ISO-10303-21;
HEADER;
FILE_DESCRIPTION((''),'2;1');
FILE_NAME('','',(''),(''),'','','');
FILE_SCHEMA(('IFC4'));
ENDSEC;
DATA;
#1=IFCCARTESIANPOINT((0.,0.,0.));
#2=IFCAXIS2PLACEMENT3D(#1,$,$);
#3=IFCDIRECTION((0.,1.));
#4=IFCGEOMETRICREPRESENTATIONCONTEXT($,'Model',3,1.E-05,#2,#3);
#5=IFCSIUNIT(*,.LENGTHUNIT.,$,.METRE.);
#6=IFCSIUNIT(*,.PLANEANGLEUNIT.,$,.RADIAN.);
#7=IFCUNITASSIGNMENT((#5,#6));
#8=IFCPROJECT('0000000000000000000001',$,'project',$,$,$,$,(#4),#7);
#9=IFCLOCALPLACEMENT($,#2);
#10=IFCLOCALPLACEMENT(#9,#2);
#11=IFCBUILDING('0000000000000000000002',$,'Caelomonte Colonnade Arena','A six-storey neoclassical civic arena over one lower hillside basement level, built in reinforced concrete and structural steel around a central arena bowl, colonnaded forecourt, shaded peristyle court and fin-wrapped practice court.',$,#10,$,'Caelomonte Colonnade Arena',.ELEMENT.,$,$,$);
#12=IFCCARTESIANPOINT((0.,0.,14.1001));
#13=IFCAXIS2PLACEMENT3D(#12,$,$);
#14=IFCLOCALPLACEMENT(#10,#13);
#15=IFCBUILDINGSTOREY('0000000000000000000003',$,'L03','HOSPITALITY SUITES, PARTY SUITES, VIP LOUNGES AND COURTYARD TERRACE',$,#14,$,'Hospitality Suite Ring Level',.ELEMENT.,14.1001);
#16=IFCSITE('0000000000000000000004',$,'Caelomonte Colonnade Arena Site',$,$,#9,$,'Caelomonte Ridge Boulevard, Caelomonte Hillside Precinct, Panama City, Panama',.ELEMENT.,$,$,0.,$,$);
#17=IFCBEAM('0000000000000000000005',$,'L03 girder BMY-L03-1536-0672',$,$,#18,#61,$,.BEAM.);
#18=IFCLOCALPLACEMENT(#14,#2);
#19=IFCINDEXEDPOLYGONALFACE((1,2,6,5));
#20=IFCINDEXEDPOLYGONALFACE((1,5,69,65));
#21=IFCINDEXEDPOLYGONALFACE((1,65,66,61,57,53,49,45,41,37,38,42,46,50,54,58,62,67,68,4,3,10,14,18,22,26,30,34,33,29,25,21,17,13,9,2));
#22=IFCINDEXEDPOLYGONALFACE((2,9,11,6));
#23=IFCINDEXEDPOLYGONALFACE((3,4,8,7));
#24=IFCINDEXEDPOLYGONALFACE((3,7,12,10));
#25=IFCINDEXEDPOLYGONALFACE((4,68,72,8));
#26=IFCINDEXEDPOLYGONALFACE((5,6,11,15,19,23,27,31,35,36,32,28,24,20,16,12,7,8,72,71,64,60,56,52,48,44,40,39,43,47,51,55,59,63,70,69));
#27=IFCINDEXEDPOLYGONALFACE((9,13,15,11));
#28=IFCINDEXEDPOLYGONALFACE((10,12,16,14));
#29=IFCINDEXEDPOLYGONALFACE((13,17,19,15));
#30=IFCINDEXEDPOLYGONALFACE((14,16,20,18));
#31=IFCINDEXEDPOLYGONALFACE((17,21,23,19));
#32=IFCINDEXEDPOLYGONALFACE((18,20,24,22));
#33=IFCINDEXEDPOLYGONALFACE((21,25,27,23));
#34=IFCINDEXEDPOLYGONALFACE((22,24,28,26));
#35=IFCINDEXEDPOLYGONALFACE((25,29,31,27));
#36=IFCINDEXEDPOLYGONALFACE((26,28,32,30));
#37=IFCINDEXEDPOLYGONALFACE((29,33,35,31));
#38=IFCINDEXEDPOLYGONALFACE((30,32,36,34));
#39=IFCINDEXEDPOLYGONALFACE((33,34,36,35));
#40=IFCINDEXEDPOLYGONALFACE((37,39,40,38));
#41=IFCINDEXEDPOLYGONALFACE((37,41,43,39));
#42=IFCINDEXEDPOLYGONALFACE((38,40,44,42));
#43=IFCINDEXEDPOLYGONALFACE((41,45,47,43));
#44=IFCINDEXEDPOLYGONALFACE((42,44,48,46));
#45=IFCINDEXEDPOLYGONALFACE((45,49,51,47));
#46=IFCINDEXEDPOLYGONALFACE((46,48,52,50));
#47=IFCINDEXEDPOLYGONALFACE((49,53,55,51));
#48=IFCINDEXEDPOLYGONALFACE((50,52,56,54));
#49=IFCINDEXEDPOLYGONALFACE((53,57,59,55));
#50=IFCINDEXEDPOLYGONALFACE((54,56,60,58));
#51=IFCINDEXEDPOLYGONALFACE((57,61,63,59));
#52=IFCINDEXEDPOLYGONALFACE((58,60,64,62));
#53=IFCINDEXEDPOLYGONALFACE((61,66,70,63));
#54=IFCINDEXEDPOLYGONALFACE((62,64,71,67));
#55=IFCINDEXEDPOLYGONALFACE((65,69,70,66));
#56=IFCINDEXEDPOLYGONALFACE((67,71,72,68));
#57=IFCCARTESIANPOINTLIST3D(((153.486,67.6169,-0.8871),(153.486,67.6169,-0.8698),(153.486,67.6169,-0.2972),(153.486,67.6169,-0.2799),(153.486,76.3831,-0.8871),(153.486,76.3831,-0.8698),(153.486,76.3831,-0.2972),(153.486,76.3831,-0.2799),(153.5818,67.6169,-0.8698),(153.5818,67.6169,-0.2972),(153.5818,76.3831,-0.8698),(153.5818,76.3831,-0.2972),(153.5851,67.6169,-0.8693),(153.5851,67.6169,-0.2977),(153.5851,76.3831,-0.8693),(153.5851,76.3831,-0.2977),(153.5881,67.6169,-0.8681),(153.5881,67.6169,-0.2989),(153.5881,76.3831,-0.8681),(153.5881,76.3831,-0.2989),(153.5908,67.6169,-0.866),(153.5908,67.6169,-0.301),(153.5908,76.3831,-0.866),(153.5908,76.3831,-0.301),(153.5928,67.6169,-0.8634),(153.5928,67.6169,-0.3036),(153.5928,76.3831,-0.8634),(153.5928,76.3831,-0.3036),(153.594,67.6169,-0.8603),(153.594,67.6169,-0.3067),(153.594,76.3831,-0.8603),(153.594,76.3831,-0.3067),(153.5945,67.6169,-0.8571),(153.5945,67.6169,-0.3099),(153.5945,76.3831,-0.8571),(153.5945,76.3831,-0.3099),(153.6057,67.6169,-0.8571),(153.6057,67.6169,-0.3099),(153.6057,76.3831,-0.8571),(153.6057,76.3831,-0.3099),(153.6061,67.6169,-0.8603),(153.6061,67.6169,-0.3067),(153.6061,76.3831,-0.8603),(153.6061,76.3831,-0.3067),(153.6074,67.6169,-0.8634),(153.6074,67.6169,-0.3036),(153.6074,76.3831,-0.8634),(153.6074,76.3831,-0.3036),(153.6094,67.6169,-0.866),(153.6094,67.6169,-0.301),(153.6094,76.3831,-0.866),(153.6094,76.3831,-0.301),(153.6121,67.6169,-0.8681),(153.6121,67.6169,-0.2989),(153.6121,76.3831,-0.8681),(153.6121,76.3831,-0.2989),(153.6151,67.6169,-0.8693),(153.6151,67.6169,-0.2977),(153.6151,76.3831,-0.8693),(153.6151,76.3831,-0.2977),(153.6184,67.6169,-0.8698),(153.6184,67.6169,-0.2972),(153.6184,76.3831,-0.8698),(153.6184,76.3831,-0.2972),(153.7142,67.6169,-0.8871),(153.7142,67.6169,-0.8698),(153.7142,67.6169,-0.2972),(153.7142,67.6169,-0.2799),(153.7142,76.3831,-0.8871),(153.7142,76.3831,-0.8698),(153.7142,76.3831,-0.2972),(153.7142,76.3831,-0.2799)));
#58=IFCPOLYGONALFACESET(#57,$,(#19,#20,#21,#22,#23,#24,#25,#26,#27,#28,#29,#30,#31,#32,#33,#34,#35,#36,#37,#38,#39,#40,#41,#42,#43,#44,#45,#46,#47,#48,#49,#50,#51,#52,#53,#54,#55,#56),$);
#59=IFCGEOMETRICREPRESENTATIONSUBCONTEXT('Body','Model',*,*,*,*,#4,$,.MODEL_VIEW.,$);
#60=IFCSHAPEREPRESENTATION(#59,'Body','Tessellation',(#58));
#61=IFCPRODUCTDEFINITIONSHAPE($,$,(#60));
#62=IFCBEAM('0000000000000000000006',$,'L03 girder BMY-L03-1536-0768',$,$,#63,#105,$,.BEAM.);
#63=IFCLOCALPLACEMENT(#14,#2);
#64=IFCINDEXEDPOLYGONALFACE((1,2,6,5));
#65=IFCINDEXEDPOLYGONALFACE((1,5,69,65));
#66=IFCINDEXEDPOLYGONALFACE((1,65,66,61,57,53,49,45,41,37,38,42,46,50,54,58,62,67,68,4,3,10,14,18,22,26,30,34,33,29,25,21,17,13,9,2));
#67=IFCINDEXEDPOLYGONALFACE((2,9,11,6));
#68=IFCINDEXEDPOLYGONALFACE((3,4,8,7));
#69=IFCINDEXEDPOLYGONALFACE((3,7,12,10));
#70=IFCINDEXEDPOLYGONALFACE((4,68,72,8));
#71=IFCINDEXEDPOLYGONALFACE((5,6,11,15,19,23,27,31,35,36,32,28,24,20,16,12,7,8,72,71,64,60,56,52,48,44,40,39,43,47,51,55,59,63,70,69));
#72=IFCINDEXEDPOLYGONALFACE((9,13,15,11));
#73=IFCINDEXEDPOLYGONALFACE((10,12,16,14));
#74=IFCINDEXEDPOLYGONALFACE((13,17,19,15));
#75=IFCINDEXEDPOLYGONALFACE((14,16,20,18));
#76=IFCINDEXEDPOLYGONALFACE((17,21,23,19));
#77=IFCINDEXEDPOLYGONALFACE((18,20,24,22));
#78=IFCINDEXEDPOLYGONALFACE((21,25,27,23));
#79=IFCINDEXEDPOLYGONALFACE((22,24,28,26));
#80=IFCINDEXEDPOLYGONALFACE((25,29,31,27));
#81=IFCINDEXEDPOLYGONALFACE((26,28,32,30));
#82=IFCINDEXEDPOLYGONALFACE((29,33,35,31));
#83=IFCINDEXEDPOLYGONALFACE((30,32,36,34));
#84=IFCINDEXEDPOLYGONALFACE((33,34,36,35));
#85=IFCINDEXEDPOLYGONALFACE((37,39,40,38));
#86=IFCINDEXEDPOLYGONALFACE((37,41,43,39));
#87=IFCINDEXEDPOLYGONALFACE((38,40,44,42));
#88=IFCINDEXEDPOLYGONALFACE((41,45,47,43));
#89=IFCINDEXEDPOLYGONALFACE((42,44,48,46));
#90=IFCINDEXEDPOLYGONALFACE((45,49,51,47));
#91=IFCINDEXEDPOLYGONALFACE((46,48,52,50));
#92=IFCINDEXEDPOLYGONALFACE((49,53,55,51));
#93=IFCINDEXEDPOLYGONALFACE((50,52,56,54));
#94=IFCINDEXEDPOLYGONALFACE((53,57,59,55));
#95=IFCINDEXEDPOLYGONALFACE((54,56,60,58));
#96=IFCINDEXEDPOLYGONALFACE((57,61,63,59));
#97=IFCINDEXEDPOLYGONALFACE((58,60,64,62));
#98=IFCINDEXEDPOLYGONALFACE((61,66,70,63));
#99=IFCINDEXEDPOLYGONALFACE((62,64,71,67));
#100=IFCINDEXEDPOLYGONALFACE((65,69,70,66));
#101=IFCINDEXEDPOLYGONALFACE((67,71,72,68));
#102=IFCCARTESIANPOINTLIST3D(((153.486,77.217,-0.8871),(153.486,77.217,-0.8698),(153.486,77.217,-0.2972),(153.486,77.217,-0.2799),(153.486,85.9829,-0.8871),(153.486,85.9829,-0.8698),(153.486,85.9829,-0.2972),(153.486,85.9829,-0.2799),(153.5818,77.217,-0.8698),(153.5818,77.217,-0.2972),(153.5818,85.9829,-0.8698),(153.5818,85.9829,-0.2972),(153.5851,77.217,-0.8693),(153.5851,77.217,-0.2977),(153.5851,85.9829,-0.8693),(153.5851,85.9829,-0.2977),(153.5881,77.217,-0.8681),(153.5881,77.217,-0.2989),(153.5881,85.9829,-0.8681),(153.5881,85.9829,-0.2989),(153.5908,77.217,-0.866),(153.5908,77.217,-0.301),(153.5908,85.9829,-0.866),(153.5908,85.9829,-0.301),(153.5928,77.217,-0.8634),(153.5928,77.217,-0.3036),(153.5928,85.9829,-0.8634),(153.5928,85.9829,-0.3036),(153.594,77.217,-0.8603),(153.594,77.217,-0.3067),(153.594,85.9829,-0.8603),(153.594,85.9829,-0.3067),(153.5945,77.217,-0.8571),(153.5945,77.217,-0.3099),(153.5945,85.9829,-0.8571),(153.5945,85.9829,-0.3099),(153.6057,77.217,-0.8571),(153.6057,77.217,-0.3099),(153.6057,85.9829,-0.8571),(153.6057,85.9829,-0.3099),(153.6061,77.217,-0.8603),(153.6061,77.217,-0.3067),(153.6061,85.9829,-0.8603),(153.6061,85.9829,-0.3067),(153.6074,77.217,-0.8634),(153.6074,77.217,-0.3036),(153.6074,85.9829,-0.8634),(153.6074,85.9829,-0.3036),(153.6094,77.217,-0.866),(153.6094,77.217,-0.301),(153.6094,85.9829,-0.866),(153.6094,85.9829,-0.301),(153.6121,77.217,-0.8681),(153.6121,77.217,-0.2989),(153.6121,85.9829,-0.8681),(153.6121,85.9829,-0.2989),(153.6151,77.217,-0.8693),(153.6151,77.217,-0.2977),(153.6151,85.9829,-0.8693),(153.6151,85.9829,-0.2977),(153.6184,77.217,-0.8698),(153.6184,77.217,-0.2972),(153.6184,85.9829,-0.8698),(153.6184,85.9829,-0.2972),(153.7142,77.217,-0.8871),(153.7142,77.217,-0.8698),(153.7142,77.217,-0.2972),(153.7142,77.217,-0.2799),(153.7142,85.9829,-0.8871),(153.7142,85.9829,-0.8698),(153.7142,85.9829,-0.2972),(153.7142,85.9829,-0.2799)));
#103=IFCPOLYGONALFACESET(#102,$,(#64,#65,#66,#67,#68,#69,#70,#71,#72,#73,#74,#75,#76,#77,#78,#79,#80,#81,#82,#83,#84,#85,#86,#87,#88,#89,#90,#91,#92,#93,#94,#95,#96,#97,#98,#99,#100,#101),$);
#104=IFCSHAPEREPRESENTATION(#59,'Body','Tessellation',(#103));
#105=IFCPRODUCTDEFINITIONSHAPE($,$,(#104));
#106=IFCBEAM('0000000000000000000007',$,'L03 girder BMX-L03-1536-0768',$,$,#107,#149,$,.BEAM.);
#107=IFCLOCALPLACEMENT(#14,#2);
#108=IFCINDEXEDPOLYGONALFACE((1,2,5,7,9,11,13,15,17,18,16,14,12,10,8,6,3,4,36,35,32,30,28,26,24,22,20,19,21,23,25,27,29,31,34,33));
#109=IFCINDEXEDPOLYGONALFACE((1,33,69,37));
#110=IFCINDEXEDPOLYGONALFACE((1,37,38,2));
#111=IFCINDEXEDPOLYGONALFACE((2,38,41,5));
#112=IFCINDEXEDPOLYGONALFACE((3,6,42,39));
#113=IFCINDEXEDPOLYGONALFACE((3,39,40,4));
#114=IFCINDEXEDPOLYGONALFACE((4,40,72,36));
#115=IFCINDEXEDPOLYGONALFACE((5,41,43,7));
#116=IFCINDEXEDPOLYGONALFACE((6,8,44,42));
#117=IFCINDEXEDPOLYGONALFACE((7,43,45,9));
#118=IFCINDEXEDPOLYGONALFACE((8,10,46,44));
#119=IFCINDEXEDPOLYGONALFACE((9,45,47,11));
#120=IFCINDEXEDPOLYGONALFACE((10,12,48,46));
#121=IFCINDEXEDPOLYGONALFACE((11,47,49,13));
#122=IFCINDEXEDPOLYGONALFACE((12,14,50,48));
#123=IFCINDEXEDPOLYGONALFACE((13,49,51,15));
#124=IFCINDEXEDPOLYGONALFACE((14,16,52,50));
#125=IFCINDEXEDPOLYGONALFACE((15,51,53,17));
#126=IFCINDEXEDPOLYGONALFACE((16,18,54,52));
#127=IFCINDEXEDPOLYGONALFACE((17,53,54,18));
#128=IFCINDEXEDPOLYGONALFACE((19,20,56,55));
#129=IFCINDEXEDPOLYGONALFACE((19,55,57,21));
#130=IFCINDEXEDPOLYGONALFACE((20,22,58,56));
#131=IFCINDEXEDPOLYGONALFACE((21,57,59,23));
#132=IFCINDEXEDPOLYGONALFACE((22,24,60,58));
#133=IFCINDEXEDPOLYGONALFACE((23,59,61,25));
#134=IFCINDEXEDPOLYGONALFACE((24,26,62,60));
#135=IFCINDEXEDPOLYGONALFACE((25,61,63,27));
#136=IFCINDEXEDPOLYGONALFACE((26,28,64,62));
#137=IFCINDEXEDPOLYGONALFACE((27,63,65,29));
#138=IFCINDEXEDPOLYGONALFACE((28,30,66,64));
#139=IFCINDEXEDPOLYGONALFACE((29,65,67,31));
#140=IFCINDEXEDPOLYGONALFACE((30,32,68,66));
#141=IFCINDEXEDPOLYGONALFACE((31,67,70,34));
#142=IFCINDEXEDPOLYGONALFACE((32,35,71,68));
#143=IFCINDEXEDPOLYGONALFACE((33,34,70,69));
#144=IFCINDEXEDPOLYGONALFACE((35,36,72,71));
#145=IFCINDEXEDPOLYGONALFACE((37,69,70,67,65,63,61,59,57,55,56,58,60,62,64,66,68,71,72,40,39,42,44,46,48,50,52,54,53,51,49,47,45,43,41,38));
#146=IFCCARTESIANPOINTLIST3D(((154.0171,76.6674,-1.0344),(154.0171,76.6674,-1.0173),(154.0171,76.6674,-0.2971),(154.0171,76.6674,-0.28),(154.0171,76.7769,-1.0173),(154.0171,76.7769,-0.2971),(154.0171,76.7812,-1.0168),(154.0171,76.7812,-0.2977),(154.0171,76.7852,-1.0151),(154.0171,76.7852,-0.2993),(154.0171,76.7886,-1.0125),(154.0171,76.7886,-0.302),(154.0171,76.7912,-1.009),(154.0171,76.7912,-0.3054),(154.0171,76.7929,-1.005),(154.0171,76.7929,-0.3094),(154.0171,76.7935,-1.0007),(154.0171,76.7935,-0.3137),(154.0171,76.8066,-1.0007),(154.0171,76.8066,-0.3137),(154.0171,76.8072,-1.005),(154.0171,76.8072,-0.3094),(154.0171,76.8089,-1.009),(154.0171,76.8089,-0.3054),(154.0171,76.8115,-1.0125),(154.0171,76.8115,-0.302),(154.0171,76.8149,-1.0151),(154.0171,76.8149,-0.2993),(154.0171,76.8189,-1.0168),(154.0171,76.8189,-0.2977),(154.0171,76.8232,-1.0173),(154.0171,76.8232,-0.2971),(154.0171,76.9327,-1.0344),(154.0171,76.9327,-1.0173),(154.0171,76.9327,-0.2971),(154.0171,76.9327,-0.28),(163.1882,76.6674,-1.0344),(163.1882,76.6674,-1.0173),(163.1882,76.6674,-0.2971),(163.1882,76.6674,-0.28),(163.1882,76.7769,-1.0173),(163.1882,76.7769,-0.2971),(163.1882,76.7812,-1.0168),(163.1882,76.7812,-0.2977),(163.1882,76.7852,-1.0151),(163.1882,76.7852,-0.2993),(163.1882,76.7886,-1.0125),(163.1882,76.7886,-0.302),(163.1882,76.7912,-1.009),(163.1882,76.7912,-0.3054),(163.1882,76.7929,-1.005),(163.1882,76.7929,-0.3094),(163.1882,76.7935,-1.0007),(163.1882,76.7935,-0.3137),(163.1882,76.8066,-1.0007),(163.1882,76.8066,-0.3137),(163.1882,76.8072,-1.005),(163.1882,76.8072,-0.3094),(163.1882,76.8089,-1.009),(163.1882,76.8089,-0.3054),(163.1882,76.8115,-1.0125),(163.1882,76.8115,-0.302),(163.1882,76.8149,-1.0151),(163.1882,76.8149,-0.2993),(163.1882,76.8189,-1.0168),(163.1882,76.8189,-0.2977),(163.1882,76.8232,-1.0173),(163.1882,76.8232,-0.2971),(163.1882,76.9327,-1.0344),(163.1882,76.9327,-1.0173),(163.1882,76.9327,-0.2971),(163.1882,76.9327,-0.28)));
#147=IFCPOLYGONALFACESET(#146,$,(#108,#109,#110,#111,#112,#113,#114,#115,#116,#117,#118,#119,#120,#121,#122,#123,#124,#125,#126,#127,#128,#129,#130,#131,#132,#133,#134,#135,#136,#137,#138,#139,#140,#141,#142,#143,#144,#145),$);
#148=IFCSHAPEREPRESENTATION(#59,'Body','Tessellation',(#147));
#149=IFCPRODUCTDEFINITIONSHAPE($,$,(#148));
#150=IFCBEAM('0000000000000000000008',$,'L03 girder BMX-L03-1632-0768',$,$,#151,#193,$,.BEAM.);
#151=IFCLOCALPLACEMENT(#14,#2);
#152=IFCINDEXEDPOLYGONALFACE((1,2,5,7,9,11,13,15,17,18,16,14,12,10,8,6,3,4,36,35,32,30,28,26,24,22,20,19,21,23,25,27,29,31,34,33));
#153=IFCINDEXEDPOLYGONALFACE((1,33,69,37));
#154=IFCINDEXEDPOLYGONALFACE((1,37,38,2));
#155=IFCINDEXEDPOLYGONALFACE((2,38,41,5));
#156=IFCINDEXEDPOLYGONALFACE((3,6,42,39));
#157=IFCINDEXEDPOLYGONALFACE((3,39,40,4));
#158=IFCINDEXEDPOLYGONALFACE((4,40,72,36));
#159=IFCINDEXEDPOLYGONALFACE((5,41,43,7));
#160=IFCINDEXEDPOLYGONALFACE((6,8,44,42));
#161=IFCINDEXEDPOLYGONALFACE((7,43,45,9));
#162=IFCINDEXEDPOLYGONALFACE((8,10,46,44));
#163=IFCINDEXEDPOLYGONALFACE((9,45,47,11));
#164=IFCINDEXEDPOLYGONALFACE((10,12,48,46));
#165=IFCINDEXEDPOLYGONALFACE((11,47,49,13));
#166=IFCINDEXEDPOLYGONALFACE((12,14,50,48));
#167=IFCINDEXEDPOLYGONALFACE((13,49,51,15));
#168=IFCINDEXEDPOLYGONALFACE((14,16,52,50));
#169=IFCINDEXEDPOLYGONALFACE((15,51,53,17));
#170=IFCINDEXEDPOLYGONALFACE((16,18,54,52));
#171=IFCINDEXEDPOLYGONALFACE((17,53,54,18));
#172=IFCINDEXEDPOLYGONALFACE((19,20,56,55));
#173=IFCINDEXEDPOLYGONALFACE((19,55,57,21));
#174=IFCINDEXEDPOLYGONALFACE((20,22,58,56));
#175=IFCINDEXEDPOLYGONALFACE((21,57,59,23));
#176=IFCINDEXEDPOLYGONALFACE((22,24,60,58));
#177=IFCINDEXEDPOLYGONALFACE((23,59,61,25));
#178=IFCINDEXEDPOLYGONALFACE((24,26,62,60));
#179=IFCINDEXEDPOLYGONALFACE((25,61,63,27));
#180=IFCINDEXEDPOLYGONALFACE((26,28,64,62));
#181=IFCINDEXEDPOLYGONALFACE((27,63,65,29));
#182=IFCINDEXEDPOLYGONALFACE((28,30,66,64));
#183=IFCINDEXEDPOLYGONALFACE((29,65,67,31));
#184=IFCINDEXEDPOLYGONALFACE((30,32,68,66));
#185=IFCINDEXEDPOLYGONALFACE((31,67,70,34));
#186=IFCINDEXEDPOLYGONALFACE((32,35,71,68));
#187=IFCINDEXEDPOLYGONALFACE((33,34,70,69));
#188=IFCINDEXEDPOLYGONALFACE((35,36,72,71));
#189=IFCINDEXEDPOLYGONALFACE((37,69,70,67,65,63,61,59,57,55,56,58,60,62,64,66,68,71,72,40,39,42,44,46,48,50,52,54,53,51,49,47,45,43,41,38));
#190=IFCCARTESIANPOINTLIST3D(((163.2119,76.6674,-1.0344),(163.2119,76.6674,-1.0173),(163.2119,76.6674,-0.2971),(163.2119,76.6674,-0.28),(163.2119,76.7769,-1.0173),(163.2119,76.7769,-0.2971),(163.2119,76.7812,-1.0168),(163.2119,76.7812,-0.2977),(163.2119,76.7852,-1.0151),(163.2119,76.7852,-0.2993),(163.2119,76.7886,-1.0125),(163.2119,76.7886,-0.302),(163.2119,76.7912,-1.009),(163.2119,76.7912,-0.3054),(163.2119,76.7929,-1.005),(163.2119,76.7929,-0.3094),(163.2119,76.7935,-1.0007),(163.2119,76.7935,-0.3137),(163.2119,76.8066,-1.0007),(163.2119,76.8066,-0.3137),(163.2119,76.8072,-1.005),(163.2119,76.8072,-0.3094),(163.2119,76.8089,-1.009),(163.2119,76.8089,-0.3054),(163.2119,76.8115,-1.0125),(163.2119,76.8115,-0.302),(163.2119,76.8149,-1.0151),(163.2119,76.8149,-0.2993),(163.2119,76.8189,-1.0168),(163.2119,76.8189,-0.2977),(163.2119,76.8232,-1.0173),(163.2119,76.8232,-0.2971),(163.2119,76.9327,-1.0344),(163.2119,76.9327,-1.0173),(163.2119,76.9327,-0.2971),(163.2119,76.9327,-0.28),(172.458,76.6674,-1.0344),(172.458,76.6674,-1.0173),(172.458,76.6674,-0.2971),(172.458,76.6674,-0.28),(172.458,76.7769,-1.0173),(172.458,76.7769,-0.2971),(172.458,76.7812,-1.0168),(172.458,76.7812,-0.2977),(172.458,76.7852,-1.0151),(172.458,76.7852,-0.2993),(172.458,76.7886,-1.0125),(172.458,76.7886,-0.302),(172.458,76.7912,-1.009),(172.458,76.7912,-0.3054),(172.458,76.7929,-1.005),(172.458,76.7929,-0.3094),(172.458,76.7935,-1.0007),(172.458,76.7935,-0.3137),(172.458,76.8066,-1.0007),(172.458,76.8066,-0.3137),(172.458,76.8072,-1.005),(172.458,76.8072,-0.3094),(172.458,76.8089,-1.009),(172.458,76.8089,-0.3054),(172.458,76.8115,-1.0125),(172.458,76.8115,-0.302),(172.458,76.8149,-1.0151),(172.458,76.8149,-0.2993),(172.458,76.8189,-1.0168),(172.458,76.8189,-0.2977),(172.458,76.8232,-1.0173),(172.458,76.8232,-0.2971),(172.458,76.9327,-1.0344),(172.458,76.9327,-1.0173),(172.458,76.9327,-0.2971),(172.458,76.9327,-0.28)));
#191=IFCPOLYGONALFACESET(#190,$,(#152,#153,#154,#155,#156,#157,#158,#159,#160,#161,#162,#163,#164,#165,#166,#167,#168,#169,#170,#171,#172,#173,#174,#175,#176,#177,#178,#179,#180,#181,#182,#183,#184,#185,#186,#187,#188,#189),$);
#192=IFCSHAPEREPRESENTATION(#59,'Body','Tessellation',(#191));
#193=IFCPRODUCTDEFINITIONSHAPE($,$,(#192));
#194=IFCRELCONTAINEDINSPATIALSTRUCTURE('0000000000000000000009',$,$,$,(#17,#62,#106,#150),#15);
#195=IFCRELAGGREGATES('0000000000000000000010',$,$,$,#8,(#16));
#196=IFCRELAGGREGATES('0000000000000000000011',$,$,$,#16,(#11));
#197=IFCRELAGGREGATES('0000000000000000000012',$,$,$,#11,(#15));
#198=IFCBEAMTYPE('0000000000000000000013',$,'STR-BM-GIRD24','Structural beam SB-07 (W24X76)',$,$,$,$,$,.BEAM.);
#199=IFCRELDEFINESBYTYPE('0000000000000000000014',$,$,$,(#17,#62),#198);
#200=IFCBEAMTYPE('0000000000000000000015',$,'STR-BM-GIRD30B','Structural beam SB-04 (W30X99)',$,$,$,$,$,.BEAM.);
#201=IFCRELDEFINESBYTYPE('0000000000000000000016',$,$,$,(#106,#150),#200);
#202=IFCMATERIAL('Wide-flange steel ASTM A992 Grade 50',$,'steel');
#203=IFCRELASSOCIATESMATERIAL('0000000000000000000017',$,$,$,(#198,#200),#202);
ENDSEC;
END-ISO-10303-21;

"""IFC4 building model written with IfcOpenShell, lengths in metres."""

from ifc_helpers import new_model, si_unit, direction, frame, origin, origin_2d, place, context, subcontext, project, spatial, i_section, extrude, material, material_profile, profile_set, type_object, element, save


model = new_model("IFC4")

# Units and contexts
model_context = context("Model", 3, precision=1e-05, world=origin(), true_north=direction((0.0, 1.0)))
body_context = subcontext(model_context, "Body", "Model", "MODEL_VIEW")
ifc_project = project(units=[si_unit("LENGTHUNIT", "METRE"), si_unit("PLANEANGLEUNIT", "RADIAN")], contexts=[model_context])

# Site, building, storey
site_placement = place(None, origin())
site = spatial("IfcSite", under=ifc_project, at=site_placement, Name="Caelomonte Colonnade Arena Site", LongName="Caelomonte Ridge Boulevard, Caelomonte Hillside Precinct, Panama City, Panama", CompositionType="ELEMENT", RefElevation=0.0)
building_placement = place(site_placement, origin())
building = spatial("IfcBuilding", under=site, at=building_placement, Name="Caelomonte Colonnade Arena", Description="A six-storey neoclassical civic arena over one lower hillside basement level, built in reinforced concrete and structural steel around a central arena bowl, colonnaded forecourt, shaded peristyle court and fin-wrapped practice court.", LongName="Caelomonte Colonnade Arena", CompositionType="ELEMENT")
storey_placement = place(building_placement, frame((0.0, 0.0, 14.1001)))
storey = spatial("IfcBuildingStorey", under=building, at=storey_placement, Name="L03", Description="HOSPITALITY SUITES, PARTY SUITES, VIP LOUNGES AND COURTYARD TERRACE", LongName="Hospitality Suite Ring Level", CompositionType="ELEMENT", Elevation=14.1001)

# Shared definitions
ifc_material_1 = material(Name="Wide-flange steel ASTM A992 Grade 50", Category="steel")

# Beams
ifc_material_profile_1 = material_profile(ifc_material_1, i_section(OverallWidth=0.2283, OverallDepth=0.6072, WebThickness=0.0112, FlangeThickness=0.0173, FilletRadius=0.0127, at=origin_2d()), Name="W24X76")
ifc_profile_set_1 = profile_set([ifc_material_profile_1], Name="Wide-flange steel ASTM A992 Grade 50")
beam_type_1 = type_object("IfcBeamType", Name="STR-BM-GIRD24", Description="Structural beam SB-07 (W24X76)", PredefinedType="BEAM", material=ifc_profile_set_1)
beam_1_placement = place(storey_placement, frame((153.6001, 67.6169, -0.5835), z_axis=(0.0, 1.0, 0.0), x_axis=(-1.0, 0.0, 0.0)))
element("IfcBeam", 1, at=beam_1_placement, inside=storey, type_object=beam_type_1, Name="L03 girder BMY-L03-1536-0672", PredefinedType="BEAM", context=body_context, shape_type="SweptSolid", body=[
    extrude(i_section(OverallWidth=0.2283, OverallDepth=0.6072, WebThickness=0.0112, FlangeThickness=0.0173, FilletRadius=0.0127, at=origin_2d()), origin(), (0.0, 0.0, 1.0), 8.7661),
])
beam_2_placement = place(storey_placement, frame((153.6001, 77.217, -0.5835), z_axis=(0.0, 1.0, 0.0), x_axis=(-1.0, 0.0, 0.0)))
element("IfcBeam", 2, at=beam_2_placement, inside=storey, type_object=beam_type_1, Name="L03 girder BMY-L03-1536-0768", PredefinedType="BEAM", context=body_context, shape_type="SweptSolid", body=[
    extrude(i_section(OverallWidth=0.2283, OverallDepth=0.6072, WebThickness=0.0112, FlangeThickness=0.0173, FilletRadius=0.0127, at=origin_2d()), origin(), (0.0, 0.0, 1.0), 8.7659),
])
ifc_material_profile_2 = material_profile(ifc_material_1, i_section(OverallWidth=0.2654, OverallDepth=0.7544, WebThickness=0.0132, FlangeThickness=0.0171, FilletRadius=0.0166, at=origin_2d()), Name="W30X99")
ifc_profile_set_2 = profile_set([ifc_material_profile_2], Name="Wide-flange steel ASTM A992 Grade 50")
beam_type_2 = type_object("IfcBeamType", Name="STR-BM-GIRD30B", Description="Structural beam SB-04 (W30X99)", PredefinedType="BEAM", material=ifc_profile_set_2)
beam_3_placement = place(storey_placement, frame((154.0171, 76.8, -0.6572), z_axis=(1.0, 0.0, 0.0), x_axis=(0.0, 1.0, 0.0)))
element("IfcBeam", 3, at=beam_3_placement, inside=storey, type_object=beam_type_2, Name="L03 girder BMX-L03-1536-0768", PredefinedType="BEAM", context=body_context, shape_type="SweptSolid", body=[
    extrude(i_section(OverallWidth=0.2654, OverallDepth=0.7544, WebThickness=0.0132, FlangeThickness=0.0171, FilletRadius=0.0166, at=origin_2d()), origin(), (0.0, 0.0, 1.0), 9.1711),
])
beam_4_placement = place(storey_placement, frame((163.2119, 76.8, -0.6572), z_axis=(1.0, 0.0, 0.0), x_axis=(0.0, 1.0, 0.0)))
element("IfcBeam", 4, at=beam_4_placement, inside=storey, type_object=beam_type_2, Name="L03 girder BMX-L03-1632-0768", PredefinedType="BEAM", context=body_context, shape_type="SweptSolid", body=[
    extrude(i_section(OverallWidth=0.2654, OverallDepth=0.7544, WebThickness=0.0132, FlangeThickness=0.0171, FilletRadius=0.0166, at=origin_2d()), origin(), (0.0, 0.0, 1.0), 9.2461),
])

save(model, "model.ifc")
